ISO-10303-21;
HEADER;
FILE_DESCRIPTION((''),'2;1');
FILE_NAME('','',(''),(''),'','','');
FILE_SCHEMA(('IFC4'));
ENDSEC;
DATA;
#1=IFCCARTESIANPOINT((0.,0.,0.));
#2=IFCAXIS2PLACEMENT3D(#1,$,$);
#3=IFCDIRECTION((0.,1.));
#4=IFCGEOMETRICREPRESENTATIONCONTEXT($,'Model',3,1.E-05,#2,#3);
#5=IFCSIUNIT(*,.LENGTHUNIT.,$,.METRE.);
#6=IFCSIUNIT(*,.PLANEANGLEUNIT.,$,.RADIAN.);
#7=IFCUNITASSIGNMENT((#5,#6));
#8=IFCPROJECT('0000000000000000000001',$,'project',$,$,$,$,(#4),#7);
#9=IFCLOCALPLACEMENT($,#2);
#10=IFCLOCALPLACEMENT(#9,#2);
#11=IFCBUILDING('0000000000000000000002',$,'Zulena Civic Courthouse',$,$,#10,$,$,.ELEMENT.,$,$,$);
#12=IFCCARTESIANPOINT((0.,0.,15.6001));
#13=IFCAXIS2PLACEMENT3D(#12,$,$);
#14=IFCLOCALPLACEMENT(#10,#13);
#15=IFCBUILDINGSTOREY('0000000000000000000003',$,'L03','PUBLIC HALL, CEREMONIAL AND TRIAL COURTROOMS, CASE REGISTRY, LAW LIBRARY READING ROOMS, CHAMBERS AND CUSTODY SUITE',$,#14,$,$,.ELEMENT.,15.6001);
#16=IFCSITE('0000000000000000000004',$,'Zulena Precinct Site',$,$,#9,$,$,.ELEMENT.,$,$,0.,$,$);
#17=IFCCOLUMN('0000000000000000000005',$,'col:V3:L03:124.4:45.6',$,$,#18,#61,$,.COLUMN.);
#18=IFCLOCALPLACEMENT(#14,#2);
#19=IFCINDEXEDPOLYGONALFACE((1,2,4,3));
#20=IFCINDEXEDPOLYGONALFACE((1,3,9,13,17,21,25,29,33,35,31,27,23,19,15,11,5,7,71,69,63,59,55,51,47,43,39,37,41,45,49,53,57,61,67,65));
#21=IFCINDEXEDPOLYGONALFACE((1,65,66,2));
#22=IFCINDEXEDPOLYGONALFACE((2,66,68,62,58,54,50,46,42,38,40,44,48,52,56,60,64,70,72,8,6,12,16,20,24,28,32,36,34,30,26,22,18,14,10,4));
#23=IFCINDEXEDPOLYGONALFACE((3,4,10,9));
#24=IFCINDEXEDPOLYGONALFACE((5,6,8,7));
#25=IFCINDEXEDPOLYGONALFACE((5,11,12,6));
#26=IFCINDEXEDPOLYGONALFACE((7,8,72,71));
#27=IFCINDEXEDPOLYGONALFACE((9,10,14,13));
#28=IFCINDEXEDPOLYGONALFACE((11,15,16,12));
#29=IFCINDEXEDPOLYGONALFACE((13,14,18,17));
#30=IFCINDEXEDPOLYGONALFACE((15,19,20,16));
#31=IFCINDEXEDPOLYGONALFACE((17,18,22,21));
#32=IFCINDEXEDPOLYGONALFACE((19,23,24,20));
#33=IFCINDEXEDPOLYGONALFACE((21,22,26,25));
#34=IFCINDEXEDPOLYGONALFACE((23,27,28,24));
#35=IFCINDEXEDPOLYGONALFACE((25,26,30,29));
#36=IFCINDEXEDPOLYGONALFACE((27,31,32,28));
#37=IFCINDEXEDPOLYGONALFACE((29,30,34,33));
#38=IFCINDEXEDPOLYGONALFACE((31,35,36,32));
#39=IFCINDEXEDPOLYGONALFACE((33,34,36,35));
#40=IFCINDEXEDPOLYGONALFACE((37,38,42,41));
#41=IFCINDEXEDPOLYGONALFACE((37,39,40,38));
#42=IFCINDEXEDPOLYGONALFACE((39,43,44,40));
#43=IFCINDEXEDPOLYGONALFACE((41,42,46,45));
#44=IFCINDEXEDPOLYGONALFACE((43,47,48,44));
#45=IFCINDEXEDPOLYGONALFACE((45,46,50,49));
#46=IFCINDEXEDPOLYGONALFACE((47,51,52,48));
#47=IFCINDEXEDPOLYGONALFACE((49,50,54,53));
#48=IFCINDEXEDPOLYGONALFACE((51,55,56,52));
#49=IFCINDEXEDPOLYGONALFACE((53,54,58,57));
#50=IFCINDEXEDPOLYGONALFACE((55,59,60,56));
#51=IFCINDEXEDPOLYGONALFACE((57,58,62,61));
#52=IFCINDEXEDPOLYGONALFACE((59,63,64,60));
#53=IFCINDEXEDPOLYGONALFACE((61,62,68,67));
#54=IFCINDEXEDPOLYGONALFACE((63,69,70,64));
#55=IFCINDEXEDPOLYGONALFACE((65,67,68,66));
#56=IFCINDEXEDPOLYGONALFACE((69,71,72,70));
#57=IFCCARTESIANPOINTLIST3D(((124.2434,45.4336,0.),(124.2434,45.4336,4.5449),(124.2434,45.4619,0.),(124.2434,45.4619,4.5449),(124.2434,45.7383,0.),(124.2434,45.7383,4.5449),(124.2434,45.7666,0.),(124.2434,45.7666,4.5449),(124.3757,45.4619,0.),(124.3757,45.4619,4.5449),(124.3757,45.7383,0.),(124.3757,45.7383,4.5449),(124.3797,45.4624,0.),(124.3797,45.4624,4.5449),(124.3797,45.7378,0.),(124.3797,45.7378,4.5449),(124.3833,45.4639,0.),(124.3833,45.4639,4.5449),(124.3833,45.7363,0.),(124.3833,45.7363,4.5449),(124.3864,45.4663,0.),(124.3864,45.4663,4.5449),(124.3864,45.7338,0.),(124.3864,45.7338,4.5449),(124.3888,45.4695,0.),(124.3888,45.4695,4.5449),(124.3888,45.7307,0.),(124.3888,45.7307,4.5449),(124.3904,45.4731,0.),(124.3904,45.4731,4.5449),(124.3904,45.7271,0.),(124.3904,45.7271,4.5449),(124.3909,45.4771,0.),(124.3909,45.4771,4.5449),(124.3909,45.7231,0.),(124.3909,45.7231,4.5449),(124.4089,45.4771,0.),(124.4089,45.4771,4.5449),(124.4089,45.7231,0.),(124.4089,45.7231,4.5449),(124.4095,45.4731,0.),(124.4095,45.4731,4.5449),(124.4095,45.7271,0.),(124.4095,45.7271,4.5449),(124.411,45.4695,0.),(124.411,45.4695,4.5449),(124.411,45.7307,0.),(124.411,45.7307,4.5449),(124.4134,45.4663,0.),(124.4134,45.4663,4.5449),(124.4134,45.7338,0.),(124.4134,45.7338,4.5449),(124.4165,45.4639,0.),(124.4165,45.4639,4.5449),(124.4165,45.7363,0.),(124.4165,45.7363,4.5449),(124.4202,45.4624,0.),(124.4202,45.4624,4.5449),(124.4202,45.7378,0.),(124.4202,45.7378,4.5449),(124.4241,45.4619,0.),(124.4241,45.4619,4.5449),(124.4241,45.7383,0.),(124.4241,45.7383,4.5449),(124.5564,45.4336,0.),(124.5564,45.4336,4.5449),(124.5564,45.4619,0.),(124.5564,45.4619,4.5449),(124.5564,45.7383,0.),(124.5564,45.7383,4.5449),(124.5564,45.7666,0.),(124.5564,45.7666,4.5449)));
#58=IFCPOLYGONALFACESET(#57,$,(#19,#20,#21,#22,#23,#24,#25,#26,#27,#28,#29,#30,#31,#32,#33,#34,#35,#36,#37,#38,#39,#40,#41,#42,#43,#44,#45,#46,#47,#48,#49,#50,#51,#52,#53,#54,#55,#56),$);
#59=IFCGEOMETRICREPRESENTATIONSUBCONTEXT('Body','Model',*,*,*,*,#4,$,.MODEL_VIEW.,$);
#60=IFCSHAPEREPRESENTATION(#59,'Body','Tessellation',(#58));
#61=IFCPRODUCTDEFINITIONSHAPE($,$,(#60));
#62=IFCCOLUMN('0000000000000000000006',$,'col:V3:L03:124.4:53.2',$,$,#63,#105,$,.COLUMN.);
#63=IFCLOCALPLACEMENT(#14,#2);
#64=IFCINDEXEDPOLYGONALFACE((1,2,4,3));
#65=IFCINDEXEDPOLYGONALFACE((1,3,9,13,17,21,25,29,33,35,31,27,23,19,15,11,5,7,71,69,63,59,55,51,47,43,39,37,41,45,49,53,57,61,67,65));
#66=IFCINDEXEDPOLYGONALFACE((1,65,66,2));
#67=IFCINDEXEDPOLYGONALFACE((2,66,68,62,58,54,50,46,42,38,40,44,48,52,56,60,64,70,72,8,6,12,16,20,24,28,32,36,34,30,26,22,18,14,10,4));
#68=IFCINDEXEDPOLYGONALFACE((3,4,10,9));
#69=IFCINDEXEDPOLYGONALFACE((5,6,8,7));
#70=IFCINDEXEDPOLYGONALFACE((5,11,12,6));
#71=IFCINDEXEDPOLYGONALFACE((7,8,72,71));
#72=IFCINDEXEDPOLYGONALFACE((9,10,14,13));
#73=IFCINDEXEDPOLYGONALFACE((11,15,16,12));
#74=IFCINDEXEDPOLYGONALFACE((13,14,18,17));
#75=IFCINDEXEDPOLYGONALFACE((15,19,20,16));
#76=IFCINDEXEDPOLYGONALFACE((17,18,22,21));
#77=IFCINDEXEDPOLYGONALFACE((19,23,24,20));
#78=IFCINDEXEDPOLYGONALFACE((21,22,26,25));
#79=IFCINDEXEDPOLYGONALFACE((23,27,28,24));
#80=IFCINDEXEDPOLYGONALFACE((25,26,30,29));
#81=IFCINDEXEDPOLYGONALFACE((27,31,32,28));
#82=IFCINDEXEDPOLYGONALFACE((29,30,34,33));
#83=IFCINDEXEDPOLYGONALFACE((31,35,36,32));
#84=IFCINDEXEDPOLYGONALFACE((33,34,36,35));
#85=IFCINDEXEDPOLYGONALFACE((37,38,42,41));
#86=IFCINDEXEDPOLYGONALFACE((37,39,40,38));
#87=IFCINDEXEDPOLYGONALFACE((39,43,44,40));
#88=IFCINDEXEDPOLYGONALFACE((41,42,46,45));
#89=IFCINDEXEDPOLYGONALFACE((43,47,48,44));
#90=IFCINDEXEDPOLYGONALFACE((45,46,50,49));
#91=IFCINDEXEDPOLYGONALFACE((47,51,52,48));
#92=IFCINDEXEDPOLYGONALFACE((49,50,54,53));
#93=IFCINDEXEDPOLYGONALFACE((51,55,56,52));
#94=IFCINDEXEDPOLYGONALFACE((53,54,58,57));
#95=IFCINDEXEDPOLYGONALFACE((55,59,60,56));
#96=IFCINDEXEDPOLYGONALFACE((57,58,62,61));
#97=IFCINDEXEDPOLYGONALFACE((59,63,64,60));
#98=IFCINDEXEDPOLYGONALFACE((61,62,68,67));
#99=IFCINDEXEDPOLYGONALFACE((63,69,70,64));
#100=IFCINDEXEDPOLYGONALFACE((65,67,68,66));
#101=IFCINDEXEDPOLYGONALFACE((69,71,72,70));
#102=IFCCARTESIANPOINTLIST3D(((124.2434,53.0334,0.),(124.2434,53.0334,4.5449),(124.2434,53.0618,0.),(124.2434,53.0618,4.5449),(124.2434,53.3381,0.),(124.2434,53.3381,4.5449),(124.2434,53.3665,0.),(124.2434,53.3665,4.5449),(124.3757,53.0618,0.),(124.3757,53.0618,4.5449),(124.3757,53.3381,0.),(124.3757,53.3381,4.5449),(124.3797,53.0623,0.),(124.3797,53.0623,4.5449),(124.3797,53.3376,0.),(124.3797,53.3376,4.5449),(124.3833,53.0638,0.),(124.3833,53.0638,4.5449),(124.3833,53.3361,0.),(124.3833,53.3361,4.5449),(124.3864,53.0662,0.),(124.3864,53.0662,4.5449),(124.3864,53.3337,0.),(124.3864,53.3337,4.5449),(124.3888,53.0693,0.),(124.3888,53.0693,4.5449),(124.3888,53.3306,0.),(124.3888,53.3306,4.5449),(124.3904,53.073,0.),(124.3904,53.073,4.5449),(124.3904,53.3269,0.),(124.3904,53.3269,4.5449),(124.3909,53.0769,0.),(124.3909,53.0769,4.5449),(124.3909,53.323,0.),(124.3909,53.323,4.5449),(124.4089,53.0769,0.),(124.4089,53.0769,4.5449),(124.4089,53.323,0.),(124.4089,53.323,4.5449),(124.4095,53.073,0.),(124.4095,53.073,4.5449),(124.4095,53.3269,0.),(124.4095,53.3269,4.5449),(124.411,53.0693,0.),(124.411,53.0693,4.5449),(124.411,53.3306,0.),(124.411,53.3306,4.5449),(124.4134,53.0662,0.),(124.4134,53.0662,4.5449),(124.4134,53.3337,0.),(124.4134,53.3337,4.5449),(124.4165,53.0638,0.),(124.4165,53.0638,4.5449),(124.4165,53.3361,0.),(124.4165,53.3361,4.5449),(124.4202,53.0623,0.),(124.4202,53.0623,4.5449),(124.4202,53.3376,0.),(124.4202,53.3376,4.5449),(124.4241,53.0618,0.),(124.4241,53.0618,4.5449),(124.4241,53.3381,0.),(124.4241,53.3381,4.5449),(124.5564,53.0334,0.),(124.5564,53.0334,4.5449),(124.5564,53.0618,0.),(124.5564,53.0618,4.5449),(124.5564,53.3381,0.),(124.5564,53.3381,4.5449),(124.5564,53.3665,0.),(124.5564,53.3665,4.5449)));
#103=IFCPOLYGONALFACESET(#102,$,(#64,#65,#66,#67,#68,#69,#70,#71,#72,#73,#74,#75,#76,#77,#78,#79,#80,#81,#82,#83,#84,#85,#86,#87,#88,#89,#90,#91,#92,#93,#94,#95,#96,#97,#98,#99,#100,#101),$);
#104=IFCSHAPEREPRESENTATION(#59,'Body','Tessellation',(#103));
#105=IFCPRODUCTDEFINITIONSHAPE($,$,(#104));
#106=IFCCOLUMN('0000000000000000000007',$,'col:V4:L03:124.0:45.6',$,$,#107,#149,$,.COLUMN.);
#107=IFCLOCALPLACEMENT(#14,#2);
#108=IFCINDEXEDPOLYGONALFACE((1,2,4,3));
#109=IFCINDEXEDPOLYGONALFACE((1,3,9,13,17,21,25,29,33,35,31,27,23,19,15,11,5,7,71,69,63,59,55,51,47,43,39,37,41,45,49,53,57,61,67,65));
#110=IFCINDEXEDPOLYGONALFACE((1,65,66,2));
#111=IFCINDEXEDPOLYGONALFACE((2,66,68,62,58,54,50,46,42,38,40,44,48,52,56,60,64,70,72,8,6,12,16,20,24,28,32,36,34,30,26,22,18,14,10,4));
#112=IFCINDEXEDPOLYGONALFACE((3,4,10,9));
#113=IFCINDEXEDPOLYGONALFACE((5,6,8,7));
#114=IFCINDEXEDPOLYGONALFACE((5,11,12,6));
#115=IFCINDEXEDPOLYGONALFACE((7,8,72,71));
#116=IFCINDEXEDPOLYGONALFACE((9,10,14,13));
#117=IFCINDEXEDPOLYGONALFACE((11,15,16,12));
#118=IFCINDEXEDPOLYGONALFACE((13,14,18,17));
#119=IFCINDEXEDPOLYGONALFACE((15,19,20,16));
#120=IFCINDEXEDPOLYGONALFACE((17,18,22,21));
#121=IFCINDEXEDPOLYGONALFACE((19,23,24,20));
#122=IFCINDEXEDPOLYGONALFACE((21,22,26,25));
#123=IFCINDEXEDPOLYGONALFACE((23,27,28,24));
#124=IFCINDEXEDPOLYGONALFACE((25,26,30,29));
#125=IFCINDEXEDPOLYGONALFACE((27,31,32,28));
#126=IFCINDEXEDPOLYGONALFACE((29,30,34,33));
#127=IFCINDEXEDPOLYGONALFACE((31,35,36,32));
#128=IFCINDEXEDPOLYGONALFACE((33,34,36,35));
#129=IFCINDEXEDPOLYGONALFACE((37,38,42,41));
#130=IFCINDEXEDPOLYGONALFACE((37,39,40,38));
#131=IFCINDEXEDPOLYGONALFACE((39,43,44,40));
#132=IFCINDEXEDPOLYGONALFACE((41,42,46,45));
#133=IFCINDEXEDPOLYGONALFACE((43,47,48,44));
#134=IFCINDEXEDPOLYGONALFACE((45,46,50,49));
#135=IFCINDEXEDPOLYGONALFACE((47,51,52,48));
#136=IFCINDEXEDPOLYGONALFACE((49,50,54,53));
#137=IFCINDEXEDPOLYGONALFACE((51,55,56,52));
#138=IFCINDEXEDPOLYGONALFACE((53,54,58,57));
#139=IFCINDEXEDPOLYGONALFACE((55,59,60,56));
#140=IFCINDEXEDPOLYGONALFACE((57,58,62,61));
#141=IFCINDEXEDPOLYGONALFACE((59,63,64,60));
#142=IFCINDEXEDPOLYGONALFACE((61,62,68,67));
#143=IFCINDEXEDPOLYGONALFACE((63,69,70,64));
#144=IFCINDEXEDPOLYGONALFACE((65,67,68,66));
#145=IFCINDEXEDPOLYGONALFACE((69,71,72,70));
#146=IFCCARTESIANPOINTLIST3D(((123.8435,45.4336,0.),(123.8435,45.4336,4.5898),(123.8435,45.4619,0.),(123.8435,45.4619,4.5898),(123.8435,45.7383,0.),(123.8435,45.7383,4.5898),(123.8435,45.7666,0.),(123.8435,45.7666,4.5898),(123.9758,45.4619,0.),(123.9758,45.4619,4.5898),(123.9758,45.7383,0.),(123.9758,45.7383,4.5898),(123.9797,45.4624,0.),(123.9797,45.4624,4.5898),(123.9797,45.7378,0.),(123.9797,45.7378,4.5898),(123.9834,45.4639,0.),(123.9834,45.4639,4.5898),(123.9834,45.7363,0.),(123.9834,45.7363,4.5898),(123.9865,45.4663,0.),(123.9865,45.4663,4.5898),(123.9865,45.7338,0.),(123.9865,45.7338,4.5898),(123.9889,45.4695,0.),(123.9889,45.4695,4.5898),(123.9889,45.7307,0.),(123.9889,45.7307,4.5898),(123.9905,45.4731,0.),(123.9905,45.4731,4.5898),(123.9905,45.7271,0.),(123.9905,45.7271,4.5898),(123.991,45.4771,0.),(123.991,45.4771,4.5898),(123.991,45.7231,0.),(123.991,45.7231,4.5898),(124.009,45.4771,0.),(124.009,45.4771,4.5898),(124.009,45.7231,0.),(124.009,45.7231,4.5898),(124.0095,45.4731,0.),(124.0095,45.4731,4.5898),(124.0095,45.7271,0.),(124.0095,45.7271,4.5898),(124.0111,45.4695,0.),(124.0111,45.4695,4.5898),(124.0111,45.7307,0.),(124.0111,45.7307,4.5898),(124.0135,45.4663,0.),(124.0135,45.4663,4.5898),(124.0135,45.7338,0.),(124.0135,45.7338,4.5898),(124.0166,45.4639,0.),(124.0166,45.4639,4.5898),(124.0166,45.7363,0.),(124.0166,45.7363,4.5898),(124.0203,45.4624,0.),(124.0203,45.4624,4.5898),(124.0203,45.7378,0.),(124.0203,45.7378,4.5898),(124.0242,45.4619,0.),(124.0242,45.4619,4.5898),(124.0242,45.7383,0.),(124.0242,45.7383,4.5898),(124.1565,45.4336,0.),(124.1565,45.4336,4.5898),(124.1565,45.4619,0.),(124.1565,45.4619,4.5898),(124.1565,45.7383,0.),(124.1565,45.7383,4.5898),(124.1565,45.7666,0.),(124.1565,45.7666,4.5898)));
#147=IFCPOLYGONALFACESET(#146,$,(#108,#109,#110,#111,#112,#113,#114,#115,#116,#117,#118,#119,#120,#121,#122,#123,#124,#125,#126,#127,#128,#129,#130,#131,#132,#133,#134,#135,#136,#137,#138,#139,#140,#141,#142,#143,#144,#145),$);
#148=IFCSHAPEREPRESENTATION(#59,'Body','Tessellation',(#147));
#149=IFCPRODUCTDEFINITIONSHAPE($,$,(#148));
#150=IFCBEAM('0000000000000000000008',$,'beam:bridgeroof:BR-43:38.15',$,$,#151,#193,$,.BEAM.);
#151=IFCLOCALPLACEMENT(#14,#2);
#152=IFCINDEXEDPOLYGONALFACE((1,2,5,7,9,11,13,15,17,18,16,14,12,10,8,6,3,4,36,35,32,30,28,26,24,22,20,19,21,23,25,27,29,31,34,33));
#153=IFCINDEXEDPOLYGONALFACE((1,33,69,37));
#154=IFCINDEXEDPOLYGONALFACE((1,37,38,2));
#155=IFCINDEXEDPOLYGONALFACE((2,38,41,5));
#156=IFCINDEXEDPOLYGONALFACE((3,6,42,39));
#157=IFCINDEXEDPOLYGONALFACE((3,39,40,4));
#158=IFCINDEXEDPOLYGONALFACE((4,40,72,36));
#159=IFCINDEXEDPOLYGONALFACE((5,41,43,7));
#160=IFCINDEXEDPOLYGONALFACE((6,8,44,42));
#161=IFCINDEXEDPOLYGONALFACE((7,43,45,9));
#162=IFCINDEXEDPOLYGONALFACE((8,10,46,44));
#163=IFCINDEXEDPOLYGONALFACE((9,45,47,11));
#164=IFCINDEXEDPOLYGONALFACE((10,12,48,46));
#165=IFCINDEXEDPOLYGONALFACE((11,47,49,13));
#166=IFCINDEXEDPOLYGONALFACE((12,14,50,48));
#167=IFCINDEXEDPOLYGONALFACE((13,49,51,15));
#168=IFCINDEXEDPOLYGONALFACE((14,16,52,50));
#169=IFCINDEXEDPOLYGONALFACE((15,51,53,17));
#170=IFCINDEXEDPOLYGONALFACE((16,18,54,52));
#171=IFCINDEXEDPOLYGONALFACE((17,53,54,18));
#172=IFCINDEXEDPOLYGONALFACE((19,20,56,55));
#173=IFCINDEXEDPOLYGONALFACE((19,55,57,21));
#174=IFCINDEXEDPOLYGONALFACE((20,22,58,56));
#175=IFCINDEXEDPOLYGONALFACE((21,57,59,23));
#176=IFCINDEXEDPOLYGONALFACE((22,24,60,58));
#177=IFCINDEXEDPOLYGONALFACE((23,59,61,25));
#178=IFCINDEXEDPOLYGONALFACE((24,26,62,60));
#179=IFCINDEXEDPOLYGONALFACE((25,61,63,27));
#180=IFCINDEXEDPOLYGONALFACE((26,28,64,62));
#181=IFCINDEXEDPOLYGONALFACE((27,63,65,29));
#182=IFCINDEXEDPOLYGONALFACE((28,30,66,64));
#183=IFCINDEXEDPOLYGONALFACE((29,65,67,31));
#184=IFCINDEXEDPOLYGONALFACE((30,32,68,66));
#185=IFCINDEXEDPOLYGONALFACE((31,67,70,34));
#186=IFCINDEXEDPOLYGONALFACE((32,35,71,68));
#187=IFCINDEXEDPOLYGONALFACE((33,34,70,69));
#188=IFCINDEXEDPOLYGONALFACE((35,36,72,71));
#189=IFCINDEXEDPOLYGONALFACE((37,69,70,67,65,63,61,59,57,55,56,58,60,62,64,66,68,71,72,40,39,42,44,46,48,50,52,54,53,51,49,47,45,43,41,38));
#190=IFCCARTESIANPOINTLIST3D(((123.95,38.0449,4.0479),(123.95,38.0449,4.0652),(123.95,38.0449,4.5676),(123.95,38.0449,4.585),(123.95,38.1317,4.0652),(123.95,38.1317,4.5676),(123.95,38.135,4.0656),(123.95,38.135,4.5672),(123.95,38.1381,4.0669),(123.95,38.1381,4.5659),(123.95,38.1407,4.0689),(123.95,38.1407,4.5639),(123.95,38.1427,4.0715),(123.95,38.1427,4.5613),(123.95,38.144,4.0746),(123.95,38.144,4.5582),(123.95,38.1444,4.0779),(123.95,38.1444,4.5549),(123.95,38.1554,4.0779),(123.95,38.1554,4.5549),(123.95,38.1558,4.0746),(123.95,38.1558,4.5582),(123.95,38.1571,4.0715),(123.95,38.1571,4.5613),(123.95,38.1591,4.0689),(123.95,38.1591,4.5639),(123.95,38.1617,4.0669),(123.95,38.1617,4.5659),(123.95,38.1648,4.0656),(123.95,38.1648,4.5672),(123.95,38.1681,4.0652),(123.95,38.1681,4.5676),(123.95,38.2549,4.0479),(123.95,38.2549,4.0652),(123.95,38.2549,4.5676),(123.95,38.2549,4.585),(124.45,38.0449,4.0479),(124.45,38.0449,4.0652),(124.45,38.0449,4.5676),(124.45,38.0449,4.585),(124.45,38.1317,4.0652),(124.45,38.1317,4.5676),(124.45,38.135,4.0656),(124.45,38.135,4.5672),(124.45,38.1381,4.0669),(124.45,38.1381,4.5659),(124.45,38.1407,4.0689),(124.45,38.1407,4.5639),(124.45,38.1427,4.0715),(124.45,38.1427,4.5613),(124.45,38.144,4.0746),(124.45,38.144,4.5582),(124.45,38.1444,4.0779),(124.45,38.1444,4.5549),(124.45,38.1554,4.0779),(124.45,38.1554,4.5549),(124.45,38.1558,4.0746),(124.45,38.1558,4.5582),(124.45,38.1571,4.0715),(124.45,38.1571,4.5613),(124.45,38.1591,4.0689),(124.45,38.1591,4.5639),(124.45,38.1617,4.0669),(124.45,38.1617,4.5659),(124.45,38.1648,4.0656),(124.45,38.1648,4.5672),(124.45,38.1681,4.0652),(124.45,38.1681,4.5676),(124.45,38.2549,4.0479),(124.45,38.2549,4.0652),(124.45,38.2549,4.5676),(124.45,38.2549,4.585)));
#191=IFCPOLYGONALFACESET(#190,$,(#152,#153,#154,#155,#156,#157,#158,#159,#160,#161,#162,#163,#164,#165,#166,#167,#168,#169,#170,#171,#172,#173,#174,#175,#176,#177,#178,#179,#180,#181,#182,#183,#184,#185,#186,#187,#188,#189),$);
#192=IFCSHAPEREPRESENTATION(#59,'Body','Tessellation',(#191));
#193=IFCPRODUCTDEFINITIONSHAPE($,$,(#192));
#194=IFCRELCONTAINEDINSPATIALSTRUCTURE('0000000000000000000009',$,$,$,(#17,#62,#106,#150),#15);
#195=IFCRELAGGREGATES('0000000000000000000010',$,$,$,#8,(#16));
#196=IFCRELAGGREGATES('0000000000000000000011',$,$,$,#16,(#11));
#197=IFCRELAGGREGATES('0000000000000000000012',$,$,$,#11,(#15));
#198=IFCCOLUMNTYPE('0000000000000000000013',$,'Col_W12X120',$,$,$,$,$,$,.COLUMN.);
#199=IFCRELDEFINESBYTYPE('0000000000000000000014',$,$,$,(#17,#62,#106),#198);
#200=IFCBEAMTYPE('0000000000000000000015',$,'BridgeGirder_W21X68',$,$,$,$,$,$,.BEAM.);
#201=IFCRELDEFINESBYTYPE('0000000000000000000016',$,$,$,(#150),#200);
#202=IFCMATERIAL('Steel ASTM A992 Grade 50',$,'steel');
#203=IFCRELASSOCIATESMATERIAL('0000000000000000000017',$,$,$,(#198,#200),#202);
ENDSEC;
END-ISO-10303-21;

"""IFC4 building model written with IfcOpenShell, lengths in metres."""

from ifc_helpers import new_model, si_unit, direction, frame, origin, origin_2d, place, context, subcontext, project, spatial, i_section, extrude, material, material_profile, profile_set, type_object, element, save


model = new_model("IFC4")

# Units and contexts
model_context = context("Model", 3, precision=1e-05, world=origin(), true_north=direction((0.0, 1.0)))
body_context = subcontext(model_context, "Body", "Model", "MODEL_VIEW")
ifc_project = project(units=[si_unit("LENGTHUNIT", "METRE"), si_unit("PLANEANGLEUNIT", "RADIAN")], contexts=[model_context])

# Site, building, storey
site_placement = place(None, origin())
site = spatial("IfcSite", under=ifc_project, at=site_placement, Name="Zulena Precinct Site", CompositionType="ELEMENT", RefElevation=0.0)
building_placement = place(site_placement, origin())
building = spatial("IfcBuilding", under=site, at=building_placement, Name="Zulena Civic Courthouse", CompositionType="ELEMENT")
storey_placement = place(building_placement, frame((0.0, 0.0, 15.6001)))
storey = spatial("IfcBuildingStorey", under=building, at=storey_placement, Name="L03", Description="PUBLIC HALL, CEREMONIAL AND TRIAL COURTROOMS, CASE REGISTRY, LAW LIBRARY READING ROOMS, CHAMBERS AND CUSTODY SUITE", CompositionType="ELEMENT", Elevation=15.6001)

# Columns
ifc_material_1 = material(Name="Steel ASTM A992 Grade 50", Category="steel")
ifc_material_profile_1 = material_profile(ifc_material_1, i_section(OverallWidth=0.313, OverallDepth=0.333, WebThickness=0.0181, FlangeThickness=0.0283, FilletRadius=0.0151, at=origin_2d()), Name="W12X120")
ifc_profile_set_1 = profile_set([ifc_material_profile_1], Name="Steel ASTM A992 Grade 50")
column_type = type_object("IfcColumnType", Name="Col_W12X120", PredefinedType="COLUMN", material=ifc_profile_set_1)
for number, where, z_axis, x_axis, name in (
    (1, (124.3999, 45.6001, 0.0), (0.0, 0.0, 1.0), (1.0, 0.0, 0.0), "col:V3:L03:124.4:45.6"),
    (2, (124.3999, 53.2, 0.0), (0.0, 0.0, 1.0), (1.0, 0.0, 0.0), "col:V3:L03:124.4:53.2"),
):
    element("IfcColumn", number, at=place(storey_placement, frame(where, z_axis=z_axis, x_axis=x_axis)), inside=storey, type_object=column_type, Name=name, PredefinedType="COLUMN", context=body_context, shape_type="SweptSolid", body=[
        extrude(i_section(OverallWidth=0.313, OverallDepth=0.333, WebThickness=0.0181, FlangeThickness=0.0283, FilletRadius=0.0151, at=origin_2d()), origin(), (0.0, 0.0, 1.0), 4.5449),
    ])
column_placement = place(storey_placement, frame((124.0, 45.6001, 0.0), z_axis=(0.0, 0.0, 1.0), x_axis=(1.0, 0.0, 0.0)))
element("IfcColumn", 3, at=column_placement, inside=storey, type_object=column_type, Name="col:V4:L03:124.0:45.6", PredefinedType="COLUMN", context=body_context, shape_type="SweptSolid", body=[
    extrude(i_section(OverallWidth=0.313, OverallDepth=0.333, WebThickness=0.0181, FlangeThickness=0.0283, FilletRadius=0.0151, at=origin_2d()), origin(), (0.0, 0.0, 1.0), 4.5898),
])

# Beam
ifc_material_profile_2 = material_profile(ifc_material_1, i_section(OverallWidth=0.21, OverallDepth=0.5371, WebThickness=0.011, FlangeThickness=0.0173, FilletRadius=0.0127, at=origin_2d()), Name="W21X68")
ifc_profile_set_2 = profile_set([ifc_material_profile_2], Name="Steel ASTM A992 Grade 50")
beam_type_1 = type_object("IfcBeamType", Name="BridgeGirder_W21X68", PredefinedType="BEAM", material=ifc_profile_set_2)
for number, where, z_axis, x_axis, name in (
    (4, (123.95, 38.1499, 4.3164), (1.0, 0.0, 0.0), (0.0, 1.0, 0.0), "beam:bridgeroof:BR-43:38.15"),
):
    element("IfcBeam", number, at=place(storey_placement, frame(where, z_axis=z_axis, x_axis=x_axis)), inside=storey, type_object=beam_type_1, Name=name, PredefinedType="BEAM", context=body_context, shape_type="SweptSolid", body=[
        extrude(i_section(OverallWidth=0.21, OverallDepth=0.5371, WebThickness=0.011, FlangeThickness=0.0173, FilletRadius=0.0127, at=origin_2d()), origin(), (0.0, 0.0, 1.0), 0.5),
    ])

save(model, "model.ifc")
